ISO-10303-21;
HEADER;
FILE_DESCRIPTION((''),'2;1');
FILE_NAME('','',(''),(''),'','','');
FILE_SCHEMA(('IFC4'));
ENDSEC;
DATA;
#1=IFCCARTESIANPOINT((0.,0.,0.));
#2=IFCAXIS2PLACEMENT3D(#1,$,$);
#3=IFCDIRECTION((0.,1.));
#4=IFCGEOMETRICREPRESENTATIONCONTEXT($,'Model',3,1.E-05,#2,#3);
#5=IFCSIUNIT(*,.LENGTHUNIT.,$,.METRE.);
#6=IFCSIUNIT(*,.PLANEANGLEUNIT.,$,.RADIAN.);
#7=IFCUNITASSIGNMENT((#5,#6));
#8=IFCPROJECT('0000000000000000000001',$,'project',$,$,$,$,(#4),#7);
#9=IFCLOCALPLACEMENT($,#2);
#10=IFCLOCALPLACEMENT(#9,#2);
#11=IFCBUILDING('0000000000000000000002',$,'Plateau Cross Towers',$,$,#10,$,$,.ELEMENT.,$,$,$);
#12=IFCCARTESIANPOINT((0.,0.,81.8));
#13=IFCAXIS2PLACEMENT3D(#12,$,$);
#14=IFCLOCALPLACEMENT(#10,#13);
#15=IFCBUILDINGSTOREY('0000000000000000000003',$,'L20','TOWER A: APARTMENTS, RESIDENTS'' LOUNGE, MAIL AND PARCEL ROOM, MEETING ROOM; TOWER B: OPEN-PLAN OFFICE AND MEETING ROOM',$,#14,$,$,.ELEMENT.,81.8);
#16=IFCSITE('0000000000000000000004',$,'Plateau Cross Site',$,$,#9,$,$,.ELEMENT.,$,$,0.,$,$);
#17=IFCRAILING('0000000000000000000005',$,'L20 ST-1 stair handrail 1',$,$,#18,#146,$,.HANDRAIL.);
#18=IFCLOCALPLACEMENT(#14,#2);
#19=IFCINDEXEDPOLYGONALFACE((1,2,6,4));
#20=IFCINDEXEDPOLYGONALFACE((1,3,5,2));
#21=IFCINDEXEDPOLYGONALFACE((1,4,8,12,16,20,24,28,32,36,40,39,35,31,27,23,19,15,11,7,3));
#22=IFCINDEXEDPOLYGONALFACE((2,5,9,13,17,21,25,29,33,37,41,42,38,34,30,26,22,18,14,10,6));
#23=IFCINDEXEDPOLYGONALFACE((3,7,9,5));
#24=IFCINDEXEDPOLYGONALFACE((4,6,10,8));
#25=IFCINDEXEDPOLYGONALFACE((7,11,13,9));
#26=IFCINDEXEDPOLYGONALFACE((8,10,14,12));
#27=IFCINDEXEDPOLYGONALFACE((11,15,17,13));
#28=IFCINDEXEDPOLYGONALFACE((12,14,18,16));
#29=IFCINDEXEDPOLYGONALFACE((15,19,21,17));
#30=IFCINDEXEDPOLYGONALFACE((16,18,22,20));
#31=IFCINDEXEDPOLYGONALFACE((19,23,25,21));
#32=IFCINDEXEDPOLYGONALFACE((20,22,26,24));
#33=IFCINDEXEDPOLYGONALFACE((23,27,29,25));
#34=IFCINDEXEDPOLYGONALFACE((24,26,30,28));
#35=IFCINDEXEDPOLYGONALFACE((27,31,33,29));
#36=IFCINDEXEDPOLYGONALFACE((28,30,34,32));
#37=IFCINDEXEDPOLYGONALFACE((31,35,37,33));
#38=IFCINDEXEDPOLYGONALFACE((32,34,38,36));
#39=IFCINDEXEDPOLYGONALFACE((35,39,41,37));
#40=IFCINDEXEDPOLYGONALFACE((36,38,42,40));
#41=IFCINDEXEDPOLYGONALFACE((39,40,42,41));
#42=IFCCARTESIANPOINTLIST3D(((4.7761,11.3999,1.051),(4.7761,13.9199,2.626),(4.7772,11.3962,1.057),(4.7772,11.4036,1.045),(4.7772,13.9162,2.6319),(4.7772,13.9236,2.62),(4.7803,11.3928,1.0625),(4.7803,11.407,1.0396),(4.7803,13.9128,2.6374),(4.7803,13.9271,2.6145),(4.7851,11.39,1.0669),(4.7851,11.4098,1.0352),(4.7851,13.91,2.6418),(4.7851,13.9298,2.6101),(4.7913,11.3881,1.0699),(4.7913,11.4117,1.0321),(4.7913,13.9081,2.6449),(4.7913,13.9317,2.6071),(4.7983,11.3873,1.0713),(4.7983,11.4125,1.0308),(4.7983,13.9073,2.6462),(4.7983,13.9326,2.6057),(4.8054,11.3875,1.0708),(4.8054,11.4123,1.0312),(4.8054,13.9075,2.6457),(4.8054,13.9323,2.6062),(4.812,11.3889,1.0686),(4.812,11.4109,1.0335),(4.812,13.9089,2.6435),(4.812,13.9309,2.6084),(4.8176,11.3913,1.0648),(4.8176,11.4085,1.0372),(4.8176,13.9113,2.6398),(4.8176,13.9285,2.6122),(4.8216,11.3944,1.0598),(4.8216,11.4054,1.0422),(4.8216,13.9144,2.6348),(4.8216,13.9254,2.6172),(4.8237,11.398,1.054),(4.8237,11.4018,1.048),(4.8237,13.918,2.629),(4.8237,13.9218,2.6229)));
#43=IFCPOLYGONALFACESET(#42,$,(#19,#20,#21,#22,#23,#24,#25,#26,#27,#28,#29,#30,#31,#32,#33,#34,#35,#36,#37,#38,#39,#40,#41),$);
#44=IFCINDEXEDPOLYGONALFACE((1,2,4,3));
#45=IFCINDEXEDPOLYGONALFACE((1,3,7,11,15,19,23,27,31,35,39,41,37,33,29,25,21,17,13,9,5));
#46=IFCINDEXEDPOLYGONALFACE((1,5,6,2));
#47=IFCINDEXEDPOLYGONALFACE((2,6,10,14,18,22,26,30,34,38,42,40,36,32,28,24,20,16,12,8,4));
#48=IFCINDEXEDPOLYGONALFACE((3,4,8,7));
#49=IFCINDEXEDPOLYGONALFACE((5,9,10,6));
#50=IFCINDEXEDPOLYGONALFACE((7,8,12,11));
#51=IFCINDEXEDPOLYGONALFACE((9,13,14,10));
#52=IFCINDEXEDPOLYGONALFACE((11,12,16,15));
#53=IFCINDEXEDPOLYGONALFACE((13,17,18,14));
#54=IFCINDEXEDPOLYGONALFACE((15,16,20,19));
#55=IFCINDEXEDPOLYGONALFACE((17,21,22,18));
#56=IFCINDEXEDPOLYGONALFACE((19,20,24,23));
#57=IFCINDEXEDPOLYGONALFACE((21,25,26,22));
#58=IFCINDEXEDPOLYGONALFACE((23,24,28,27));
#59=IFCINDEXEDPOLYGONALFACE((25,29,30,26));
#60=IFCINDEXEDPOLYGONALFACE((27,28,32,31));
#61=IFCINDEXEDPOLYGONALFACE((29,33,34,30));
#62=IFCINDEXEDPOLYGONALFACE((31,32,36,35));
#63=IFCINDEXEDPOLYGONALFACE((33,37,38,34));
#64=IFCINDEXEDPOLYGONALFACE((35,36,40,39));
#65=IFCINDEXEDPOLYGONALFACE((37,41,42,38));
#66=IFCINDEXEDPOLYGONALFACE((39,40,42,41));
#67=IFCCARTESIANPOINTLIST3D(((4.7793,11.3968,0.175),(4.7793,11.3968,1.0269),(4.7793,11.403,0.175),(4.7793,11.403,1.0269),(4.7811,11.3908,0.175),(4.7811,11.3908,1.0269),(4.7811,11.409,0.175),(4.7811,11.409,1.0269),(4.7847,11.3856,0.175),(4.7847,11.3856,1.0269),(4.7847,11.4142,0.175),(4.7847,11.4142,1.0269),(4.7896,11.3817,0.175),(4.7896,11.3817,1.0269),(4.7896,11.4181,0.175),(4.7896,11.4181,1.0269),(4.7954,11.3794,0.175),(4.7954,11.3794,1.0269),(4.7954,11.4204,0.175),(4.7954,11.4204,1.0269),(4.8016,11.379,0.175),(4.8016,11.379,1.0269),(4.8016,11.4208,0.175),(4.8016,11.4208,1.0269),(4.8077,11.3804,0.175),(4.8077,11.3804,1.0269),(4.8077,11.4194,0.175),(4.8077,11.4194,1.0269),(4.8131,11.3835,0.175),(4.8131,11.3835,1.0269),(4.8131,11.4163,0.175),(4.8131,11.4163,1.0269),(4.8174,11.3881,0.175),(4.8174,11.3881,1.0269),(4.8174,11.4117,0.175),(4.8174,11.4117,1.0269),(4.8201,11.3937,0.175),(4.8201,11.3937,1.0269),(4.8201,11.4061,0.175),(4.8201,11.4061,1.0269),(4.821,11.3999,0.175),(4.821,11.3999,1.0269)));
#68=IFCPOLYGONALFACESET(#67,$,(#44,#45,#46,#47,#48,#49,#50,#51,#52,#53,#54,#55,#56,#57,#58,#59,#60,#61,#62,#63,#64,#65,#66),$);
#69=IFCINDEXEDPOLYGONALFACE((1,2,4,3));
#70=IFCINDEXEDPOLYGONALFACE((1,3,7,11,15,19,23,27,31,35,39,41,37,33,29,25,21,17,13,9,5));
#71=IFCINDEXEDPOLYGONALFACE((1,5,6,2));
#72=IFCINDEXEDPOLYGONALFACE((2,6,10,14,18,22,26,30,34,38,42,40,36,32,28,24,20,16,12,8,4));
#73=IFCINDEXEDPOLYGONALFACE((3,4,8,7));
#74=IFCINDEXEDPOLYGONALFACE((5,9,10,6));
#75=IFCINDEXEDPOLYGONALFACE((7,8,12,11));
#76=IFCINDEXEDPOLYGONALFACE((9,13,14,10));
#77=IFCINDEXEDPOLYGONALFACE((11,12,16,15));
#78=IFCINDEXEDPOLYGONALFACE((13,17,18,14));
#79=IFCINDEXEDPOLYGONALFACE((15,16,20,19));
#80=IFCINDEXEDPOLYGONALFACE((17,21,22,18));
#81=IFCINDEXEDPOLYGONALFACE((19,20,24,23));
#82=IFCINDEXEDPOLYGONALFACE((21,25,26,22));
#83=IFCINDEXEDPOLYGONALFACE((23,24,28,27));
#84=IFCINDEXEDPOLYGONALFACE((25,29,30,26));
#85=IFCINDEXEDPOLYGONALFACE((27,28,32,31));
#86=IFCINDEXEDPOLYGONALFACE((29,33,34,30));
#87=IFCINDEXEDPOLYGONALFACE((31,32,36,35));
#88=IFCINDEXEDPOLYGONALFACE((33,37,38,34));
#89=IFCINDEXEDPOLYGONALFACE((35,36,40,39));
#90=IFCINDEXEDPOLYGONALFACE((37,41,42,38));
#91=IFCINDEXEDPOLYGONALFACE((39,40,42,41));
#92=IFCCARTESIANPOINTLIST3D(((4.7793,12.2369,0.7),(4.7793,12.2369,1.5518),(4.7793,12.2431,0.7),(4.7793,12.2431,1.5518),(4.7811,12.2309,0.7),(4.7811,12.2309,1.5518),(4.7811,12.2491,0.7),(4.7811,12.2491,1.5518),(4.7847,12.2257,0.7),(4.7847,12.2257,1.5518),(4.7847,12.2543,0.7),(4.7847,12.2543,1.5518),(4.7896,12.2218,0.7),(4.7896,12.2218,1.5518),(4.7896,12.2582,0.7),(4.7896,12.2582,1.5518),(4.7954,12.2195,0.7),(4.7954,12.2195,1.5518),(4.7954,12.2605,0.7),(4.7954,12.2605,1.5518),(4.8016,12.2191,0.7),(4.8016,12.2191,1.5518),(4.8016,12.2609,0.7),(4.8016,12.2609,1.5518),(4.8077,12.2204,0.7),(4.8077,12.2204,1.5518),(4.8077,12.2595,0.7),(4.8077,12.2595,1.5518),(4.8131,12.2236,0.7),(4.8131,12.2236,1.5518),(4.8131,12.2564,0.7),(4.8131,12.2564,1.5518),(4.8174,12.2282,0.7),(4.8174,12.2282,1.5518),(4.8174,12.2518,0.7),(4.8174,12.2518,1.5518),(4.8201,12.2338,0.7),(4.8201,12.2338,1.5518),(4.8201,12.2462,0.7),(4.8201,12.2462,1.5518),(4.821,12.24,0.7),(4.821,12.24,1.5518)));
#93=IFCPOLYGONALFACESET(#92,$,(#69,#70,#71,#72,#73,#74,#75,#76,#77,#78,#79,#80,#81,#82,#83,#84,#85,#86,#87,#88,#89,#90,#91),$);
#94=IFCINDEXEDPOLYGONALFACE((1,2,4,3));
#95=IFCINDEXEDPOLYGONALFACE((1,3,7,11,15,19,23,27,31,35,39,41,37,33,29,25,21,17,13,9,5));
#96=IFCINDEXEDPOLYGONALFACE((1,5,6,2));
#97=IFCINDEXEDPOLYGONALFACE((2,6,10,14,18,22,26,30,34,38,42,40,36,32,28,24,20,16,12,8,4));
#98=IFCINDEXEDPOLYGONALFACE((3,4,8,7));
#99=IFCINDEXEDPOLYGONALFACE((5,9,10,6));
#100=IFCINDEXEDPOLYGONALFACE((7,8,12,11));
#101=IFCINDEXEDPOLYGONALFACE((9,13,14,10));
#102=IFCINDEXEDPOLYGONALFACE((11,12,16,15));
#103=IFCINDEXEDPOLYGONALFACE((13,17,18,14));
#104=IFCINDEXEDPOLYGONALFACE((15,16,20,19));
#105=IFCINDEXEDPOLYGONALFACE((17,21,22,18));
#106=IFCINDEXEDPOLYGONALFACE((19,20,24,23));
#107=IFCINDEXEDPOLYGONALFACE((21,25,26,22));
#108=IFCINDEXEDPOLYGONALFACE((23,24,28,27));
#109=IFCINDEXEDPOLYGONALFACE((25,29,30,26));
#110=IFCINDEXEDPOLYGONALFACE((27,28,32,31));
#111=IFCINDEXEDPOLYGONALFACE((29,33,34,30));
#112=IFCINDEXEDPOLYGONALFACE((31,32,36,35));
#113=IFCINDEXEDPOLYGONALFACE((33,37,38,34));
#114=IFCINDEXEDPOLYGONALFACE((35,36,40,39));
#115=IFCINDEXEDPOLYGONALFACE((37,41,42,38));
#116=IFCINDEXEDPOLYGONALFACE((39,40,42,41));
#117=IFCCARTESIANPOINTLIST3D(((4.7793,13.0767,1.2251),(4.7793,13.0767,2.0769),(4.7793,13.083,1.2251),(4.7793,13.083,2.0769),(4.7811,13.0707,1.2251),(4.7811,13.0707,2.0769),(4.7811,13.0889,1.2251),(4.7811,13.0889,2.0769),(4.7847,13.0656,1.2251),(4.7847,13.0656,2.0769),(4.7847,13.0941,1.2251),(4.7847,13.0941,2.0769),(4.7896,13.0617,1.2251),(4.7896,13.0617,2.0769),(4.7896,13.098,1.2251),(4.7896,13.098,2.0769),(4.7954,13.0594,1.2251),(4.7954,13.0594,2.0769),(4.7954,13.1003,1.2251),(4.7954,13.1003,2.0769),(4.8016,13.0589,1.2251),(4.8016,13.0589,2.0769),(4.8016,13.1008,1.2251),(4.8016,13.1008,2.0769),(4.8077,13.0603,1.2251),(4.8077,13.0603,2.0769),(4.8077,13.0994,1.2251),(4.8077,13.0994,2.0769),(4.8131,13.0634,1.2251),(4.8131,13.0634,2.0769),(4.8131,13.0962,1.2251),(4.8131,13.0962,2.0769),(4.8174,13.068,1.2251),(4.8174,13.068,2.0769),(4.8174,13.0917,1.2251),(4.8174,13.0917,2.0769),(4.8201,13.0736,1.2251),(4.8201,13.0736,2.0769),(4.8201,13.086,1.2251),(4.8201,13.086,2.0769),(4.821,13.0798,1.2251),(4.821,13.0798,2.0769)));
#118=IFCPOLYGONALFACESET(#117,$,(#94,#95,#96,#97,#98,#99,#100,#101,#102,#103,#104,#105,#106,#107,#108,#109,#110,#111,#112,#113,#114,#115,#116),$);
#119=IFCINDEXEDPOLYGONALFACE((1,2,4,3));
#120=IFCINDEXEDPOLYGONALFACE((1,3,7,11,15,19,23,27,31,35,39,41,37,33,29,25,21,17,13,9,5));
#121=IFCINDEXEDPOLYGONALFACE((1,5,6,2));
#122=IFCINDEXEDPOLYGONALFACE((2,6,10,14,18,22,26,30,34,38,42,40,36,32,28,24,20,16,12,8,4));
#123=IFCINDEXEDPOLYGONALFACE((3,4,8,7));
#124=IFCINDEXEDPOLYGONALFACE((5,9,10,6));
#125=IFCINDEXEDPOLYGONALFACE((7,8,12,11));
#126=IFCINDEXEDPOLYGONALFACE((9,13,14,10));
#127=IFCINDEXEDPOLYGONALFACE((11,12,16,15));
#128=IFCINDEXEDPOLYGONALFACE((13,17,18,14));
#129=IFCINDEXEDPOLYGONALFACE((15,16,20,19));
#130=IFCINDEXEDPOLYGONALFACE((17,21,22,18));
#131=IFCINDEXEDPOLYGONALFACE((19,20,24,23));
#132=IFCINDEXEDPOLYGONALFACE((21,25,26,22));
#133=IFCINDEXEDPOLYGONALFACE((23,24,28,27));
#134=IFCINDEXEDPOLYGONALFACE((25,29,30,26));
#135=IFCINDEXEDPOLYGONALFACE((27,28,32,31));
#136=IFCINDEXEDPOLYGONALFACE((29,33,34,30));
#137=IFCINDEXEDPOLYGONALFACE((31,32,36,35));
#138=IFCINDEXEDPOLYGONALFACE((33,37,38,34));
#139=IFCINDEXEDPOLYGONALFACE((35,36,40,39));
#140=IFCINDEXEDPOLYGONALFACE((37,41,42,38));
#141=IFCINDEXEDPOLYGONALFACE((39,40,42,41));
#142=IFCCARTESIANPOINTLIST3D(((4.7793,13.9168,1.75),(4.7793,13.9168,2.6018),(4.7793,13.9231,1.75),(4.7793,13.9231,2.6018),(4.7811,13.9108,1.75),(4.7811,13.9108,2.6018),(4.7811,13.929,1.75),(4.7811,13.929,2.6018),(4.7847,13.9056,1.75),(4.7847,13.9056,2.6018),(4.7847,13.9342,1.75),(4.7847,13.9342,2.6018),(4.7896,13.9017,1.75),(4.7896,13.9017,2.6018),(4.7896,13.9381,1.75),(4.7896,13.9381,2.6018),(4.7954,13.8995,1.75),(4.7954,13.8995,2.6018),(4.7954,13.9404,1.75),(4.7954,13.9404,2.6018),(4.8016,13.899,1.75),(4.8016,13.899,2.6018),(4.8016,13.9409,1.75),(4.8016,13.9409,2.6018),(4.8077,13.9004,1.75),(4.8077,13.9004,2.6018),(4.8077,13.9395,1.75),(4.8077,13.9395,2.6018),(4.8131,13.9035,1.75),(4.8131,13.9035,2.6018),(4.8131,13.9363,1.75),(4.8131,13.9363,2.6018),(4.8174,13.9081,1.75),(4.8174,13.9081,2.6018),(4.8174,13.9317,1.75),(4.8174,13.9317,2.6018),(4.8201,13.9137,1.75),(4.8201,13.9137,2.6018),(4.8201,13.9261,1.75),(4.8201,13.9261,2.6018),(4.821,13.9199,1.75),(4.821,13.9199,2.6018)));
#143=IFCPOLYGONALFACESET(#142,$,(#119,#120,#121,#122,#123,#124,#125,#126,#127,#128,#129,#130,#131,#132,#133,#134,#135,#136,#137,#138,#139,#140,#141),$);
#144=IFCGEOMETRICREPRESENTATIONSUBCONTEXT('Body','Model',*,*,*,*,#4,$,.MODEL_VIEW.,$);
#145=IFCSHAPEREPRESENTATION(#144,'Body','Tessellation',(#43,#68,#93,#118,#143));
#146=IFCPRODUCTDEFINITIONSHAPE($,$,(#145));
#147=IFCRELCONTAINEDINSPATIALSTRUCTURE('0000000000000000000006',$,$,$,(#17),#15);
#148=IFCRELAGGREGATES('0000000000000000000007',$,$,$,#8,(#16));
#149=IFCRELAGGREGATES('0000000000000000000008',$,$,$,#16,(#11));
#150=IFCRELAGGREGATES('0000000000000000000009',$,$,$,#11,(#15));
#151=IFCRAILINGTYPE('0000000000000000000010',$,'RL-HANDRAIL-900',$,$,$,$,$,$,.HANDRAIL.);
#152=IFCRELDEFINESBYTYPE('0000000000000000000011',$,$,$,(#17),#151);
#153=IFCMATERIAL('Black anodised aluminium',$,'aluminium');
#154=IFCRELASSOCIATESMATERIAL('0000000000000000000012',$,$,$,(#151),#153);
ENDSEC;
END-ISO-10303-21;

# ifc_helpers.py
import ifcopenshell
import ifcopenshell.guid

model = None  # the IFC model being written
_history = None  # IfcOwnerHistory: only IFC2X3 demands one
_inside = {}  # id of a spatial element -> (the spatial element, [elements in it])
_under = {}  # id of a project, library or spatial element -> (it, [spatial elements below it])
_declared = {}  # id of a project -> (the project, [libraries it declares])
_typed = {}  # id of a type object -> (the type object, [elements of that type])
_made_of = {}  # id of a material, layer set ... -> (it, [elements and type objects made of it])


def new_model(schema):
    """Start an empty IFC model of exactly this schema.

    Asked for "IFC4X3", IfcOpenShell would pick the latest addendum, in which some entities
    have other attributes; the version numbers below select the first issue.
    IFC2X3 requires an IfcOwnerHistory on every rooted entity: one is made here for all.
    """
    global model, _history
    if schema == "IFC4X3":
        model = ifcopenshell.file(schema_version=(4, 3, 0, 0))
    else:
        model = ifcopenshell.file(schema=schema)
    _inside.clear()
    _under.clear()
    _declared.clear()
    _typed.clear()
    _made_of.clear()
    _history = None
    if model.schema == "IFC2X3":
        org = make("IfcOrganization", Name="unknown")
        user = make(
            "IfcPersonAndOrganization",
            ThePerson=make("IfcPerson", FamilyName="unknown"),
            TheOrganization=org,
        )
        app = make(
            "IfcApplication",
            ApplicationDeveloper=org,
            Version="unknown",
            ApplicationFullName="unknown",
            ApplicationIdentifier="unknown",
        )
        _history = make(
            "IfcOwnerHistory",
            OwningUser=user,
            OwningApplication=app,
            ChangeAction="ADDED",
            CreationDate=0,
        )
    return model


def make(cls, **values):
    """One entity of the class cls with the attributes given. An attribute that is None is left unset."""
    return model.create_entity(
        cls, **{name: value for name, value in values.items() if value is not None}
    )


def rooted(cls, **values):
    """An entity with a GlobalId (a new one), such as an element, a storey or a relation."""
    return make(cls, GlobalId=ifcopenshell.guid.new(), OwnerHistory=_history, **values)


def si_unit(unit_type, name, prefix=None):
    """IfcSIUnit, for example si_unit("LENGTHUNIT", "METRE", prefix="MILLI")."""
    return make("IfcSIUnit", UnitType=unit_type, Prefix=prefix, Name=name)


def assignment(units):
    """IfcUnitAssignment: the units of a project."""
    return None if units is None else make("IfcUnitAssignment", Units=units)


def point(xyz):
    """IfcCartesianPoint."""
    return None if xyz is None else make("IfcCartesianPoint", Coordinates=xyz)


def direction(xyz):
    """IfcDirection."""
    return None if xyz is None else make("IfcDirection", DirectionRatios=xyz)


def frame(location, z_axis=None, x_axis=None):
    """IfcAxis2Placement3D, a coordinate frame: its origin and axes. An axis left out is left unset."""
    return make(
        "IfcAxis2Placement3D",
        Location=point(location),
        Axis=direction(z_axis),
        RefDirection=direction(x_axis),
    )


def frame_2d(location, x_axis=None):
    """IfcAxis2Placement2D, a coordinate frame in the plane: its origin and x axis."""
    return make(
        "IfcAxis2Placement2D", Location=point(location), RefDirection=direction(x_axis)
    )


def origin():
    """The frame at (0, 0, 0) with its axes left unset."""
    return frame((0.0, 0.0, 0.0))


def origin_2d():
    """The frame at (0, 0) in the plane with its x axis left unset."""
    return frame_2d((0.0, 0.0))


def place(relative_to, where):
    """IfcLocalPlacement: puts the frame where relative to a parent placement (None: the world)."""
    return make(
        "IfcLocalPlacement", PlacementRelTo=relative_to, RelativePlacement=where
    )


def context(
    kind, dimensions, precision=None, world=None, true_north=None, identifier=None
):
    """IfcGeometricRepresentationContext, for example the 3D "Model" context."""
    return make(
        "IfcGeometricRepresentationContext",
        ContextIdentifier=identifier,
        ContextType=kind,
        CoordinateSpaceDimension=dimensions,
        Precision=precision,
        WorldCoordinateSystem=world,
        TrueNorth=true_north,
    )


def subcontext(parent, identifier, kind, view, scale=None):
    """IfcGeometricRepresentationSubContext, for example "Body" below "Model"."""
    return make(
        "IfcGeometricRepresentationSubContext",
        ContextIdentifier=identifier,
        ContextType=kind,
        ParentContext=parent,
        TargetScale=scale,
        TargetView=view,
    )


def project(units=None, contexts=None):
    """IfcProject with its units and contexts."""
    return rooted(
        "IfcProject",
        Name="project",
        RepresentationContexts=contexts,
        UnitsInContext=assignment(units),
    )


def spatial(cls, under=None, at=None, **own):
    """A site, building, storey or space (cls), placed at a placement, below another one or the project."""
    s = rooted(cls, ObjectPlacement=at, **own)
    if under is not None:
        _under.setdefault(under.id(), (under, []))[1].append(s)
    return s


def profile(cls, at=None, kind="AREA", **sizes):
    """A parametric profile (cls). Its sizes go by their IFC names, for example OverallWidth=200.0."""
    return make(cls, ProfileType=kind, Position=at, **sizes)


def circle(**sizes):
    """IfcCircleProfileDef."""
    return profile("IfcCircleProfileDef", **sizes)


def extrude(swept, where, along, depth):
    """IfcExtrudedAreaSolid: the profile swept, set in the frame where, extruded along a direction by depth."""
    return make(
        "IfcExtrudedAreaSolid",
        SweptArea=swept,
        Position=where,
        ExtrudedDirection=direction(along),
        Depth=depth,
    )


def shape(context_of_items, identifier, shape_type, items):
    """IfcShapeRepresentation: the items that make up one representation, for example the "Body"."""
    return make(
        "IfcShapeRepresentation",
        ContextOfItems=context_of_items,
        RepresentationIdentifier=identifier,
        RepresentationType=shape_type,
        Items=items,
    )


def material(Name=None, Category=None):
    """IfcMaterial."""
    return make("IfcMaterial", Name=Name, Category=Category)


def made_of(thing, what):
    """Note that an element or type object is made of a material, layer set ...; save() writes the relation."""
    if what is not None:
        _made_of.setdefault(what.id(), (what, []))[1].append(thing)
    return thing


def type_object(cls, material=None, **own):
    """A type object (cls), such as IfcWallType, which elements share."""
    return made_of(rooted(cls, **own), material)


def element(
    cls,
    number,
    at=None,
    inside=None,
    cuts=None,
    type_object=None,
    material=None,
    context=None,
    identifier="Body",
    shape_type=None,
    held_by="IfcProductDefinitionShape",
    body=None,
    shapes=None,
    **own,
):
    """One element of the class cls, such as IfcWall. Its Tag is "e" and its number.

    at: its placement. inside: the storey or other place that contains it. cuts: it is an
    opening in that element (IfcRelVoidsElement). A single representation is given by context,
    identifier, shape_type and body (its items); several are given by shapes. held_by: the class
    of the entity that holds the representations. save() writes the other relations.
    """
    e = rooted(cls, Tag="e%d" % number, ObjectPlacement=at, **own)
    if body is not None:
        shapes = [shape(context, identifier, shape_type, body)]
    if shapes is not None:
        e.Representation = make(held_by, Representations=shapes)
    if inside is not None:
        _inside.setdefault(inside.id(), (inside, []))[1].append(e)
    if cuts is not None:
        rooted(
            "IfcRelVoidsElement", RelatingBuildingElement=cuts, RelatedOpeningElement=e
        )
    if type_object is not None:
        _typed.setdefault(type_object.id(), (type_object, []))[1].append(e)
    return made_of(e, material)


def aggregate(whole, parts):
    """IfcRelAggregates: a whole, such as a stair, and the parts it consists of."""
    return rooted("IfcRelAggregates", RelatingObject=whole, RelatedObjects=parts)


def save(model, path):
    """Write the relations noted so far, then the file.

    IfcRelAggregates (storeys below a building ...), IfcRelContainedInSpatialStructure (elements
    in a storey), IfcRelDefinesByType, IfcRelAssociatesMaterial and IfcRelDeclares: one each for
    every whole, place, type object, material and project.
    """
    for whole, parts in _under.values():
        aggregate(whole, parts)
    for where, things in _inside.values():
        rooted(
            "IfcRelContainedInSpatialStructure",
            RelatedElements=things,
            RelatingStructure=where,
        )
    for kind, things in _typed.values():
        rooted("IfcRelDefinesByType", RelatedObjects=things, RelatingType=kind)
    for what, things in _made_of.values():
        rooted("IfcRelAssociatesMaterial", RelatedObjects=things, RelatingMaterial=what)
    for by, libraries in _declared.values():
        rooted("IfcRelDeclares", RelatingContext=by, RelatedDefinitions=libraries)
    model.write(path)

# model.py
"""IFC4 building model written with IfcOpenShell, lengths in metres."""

from ifc_helpers import new_model, si_unit, direction, frame, origin, origin_2d, place, context, subcontext, project, spatial, circle, extrude, material, type_object, element, save


model = new_model("IFC4")

# Units and contexts
model_context = context("Model", 3, precision=1e-05, world=origin(), true_north=direction((0.0, 1.0)))
body_context = subcontext(model_context, "Body", "Model", "MODEL_VIEW")
ifc_project = project(units=[si_unit("LENGTHUNIT", "METRE"), si_unit("PLANEANGLEUNIT", "RADIAN")], contexts=[model_context])

# Site, building, storey
site_placement = place(None, origin())
site = spatial("IfcSite", under=ifc_project, at=site_placement, Name="Plateau Cross Site", CompositionType="ELEMENT", RefElevation=0.0)
building_placement = place(site_placement, origin())
building = spatial("IfcBuilding", under=site, at=building_placement, Name="Plateau Cross Towers", CompositionType="ELEMENT")
storey_placement = place(building_placement, frame((0.0, 0.0, 81.8)))
storey = spatial("IfcBuildingStorey", under=building, at=storey_placement, Name="L20", Description="TOWER A: APARTMENTS, RESIDENTS' LOUNGE, MAIL AND PARCEL ROOM, MEETING ROOM; TOWER B: OPEN-PLAN OFFICE AND MEETING ROOM", CompositionType="ELEMENT", Elevation=81.8)

# Shared definitions
ifc_material_1 = material(Name="Black anodised aluminium", Category="aluminium")

# Railing
railing_type_1 = type_object("IfcRailingType", Name="RL-HANDRAIL-900", PredefinedType="HANDRAIL", material=ifc_material_1)
railing_1_placement = place(storey_placement, frame((4.8, 11.3999, 0.175)))
element("IfcRailing", 1, at=railing_1_placement, inside=storey, type_object=railing_type_1, Name="L20 ST-1 stair handrail 1", PredefinedType="HANDRAIL", context=body_context, shape_type="SweptSolid", body=[
    extrude(circle(Radius=0.0239, at=origin_2d()), frame((0.0, 0.0, 0.876), z_axis=(0.0, 0.848008, 0.529984), x_axis=(-1.0, 0.0, 0.0)), (0.0, 0.0, 1.0), 2.9717),
    extrude(circle(Radius=0.021, at=origin_2d()), origin(), (0.0, 0.0, 1.0), 0.8518),
    extrude(circle(Radius=0.021, at=origin_2d()), frame((0.0, 0.8401, 0.5249)), (0.0, 0.0, 1.0), 0.8518),
    extrude(circle(Radius=0.021, at=origin_2d()), frame((0.0, 1.6799, 1.05)), (0.0, 0.0, 1.0), 0.8518),
    extrude(circle(Radius=0.021, at=origin_2d()), frame((0.0, 2.52, 1.575)), (0.0, 0.0, 1.0), 0.8518),
])

save(model, "model.ifc")
